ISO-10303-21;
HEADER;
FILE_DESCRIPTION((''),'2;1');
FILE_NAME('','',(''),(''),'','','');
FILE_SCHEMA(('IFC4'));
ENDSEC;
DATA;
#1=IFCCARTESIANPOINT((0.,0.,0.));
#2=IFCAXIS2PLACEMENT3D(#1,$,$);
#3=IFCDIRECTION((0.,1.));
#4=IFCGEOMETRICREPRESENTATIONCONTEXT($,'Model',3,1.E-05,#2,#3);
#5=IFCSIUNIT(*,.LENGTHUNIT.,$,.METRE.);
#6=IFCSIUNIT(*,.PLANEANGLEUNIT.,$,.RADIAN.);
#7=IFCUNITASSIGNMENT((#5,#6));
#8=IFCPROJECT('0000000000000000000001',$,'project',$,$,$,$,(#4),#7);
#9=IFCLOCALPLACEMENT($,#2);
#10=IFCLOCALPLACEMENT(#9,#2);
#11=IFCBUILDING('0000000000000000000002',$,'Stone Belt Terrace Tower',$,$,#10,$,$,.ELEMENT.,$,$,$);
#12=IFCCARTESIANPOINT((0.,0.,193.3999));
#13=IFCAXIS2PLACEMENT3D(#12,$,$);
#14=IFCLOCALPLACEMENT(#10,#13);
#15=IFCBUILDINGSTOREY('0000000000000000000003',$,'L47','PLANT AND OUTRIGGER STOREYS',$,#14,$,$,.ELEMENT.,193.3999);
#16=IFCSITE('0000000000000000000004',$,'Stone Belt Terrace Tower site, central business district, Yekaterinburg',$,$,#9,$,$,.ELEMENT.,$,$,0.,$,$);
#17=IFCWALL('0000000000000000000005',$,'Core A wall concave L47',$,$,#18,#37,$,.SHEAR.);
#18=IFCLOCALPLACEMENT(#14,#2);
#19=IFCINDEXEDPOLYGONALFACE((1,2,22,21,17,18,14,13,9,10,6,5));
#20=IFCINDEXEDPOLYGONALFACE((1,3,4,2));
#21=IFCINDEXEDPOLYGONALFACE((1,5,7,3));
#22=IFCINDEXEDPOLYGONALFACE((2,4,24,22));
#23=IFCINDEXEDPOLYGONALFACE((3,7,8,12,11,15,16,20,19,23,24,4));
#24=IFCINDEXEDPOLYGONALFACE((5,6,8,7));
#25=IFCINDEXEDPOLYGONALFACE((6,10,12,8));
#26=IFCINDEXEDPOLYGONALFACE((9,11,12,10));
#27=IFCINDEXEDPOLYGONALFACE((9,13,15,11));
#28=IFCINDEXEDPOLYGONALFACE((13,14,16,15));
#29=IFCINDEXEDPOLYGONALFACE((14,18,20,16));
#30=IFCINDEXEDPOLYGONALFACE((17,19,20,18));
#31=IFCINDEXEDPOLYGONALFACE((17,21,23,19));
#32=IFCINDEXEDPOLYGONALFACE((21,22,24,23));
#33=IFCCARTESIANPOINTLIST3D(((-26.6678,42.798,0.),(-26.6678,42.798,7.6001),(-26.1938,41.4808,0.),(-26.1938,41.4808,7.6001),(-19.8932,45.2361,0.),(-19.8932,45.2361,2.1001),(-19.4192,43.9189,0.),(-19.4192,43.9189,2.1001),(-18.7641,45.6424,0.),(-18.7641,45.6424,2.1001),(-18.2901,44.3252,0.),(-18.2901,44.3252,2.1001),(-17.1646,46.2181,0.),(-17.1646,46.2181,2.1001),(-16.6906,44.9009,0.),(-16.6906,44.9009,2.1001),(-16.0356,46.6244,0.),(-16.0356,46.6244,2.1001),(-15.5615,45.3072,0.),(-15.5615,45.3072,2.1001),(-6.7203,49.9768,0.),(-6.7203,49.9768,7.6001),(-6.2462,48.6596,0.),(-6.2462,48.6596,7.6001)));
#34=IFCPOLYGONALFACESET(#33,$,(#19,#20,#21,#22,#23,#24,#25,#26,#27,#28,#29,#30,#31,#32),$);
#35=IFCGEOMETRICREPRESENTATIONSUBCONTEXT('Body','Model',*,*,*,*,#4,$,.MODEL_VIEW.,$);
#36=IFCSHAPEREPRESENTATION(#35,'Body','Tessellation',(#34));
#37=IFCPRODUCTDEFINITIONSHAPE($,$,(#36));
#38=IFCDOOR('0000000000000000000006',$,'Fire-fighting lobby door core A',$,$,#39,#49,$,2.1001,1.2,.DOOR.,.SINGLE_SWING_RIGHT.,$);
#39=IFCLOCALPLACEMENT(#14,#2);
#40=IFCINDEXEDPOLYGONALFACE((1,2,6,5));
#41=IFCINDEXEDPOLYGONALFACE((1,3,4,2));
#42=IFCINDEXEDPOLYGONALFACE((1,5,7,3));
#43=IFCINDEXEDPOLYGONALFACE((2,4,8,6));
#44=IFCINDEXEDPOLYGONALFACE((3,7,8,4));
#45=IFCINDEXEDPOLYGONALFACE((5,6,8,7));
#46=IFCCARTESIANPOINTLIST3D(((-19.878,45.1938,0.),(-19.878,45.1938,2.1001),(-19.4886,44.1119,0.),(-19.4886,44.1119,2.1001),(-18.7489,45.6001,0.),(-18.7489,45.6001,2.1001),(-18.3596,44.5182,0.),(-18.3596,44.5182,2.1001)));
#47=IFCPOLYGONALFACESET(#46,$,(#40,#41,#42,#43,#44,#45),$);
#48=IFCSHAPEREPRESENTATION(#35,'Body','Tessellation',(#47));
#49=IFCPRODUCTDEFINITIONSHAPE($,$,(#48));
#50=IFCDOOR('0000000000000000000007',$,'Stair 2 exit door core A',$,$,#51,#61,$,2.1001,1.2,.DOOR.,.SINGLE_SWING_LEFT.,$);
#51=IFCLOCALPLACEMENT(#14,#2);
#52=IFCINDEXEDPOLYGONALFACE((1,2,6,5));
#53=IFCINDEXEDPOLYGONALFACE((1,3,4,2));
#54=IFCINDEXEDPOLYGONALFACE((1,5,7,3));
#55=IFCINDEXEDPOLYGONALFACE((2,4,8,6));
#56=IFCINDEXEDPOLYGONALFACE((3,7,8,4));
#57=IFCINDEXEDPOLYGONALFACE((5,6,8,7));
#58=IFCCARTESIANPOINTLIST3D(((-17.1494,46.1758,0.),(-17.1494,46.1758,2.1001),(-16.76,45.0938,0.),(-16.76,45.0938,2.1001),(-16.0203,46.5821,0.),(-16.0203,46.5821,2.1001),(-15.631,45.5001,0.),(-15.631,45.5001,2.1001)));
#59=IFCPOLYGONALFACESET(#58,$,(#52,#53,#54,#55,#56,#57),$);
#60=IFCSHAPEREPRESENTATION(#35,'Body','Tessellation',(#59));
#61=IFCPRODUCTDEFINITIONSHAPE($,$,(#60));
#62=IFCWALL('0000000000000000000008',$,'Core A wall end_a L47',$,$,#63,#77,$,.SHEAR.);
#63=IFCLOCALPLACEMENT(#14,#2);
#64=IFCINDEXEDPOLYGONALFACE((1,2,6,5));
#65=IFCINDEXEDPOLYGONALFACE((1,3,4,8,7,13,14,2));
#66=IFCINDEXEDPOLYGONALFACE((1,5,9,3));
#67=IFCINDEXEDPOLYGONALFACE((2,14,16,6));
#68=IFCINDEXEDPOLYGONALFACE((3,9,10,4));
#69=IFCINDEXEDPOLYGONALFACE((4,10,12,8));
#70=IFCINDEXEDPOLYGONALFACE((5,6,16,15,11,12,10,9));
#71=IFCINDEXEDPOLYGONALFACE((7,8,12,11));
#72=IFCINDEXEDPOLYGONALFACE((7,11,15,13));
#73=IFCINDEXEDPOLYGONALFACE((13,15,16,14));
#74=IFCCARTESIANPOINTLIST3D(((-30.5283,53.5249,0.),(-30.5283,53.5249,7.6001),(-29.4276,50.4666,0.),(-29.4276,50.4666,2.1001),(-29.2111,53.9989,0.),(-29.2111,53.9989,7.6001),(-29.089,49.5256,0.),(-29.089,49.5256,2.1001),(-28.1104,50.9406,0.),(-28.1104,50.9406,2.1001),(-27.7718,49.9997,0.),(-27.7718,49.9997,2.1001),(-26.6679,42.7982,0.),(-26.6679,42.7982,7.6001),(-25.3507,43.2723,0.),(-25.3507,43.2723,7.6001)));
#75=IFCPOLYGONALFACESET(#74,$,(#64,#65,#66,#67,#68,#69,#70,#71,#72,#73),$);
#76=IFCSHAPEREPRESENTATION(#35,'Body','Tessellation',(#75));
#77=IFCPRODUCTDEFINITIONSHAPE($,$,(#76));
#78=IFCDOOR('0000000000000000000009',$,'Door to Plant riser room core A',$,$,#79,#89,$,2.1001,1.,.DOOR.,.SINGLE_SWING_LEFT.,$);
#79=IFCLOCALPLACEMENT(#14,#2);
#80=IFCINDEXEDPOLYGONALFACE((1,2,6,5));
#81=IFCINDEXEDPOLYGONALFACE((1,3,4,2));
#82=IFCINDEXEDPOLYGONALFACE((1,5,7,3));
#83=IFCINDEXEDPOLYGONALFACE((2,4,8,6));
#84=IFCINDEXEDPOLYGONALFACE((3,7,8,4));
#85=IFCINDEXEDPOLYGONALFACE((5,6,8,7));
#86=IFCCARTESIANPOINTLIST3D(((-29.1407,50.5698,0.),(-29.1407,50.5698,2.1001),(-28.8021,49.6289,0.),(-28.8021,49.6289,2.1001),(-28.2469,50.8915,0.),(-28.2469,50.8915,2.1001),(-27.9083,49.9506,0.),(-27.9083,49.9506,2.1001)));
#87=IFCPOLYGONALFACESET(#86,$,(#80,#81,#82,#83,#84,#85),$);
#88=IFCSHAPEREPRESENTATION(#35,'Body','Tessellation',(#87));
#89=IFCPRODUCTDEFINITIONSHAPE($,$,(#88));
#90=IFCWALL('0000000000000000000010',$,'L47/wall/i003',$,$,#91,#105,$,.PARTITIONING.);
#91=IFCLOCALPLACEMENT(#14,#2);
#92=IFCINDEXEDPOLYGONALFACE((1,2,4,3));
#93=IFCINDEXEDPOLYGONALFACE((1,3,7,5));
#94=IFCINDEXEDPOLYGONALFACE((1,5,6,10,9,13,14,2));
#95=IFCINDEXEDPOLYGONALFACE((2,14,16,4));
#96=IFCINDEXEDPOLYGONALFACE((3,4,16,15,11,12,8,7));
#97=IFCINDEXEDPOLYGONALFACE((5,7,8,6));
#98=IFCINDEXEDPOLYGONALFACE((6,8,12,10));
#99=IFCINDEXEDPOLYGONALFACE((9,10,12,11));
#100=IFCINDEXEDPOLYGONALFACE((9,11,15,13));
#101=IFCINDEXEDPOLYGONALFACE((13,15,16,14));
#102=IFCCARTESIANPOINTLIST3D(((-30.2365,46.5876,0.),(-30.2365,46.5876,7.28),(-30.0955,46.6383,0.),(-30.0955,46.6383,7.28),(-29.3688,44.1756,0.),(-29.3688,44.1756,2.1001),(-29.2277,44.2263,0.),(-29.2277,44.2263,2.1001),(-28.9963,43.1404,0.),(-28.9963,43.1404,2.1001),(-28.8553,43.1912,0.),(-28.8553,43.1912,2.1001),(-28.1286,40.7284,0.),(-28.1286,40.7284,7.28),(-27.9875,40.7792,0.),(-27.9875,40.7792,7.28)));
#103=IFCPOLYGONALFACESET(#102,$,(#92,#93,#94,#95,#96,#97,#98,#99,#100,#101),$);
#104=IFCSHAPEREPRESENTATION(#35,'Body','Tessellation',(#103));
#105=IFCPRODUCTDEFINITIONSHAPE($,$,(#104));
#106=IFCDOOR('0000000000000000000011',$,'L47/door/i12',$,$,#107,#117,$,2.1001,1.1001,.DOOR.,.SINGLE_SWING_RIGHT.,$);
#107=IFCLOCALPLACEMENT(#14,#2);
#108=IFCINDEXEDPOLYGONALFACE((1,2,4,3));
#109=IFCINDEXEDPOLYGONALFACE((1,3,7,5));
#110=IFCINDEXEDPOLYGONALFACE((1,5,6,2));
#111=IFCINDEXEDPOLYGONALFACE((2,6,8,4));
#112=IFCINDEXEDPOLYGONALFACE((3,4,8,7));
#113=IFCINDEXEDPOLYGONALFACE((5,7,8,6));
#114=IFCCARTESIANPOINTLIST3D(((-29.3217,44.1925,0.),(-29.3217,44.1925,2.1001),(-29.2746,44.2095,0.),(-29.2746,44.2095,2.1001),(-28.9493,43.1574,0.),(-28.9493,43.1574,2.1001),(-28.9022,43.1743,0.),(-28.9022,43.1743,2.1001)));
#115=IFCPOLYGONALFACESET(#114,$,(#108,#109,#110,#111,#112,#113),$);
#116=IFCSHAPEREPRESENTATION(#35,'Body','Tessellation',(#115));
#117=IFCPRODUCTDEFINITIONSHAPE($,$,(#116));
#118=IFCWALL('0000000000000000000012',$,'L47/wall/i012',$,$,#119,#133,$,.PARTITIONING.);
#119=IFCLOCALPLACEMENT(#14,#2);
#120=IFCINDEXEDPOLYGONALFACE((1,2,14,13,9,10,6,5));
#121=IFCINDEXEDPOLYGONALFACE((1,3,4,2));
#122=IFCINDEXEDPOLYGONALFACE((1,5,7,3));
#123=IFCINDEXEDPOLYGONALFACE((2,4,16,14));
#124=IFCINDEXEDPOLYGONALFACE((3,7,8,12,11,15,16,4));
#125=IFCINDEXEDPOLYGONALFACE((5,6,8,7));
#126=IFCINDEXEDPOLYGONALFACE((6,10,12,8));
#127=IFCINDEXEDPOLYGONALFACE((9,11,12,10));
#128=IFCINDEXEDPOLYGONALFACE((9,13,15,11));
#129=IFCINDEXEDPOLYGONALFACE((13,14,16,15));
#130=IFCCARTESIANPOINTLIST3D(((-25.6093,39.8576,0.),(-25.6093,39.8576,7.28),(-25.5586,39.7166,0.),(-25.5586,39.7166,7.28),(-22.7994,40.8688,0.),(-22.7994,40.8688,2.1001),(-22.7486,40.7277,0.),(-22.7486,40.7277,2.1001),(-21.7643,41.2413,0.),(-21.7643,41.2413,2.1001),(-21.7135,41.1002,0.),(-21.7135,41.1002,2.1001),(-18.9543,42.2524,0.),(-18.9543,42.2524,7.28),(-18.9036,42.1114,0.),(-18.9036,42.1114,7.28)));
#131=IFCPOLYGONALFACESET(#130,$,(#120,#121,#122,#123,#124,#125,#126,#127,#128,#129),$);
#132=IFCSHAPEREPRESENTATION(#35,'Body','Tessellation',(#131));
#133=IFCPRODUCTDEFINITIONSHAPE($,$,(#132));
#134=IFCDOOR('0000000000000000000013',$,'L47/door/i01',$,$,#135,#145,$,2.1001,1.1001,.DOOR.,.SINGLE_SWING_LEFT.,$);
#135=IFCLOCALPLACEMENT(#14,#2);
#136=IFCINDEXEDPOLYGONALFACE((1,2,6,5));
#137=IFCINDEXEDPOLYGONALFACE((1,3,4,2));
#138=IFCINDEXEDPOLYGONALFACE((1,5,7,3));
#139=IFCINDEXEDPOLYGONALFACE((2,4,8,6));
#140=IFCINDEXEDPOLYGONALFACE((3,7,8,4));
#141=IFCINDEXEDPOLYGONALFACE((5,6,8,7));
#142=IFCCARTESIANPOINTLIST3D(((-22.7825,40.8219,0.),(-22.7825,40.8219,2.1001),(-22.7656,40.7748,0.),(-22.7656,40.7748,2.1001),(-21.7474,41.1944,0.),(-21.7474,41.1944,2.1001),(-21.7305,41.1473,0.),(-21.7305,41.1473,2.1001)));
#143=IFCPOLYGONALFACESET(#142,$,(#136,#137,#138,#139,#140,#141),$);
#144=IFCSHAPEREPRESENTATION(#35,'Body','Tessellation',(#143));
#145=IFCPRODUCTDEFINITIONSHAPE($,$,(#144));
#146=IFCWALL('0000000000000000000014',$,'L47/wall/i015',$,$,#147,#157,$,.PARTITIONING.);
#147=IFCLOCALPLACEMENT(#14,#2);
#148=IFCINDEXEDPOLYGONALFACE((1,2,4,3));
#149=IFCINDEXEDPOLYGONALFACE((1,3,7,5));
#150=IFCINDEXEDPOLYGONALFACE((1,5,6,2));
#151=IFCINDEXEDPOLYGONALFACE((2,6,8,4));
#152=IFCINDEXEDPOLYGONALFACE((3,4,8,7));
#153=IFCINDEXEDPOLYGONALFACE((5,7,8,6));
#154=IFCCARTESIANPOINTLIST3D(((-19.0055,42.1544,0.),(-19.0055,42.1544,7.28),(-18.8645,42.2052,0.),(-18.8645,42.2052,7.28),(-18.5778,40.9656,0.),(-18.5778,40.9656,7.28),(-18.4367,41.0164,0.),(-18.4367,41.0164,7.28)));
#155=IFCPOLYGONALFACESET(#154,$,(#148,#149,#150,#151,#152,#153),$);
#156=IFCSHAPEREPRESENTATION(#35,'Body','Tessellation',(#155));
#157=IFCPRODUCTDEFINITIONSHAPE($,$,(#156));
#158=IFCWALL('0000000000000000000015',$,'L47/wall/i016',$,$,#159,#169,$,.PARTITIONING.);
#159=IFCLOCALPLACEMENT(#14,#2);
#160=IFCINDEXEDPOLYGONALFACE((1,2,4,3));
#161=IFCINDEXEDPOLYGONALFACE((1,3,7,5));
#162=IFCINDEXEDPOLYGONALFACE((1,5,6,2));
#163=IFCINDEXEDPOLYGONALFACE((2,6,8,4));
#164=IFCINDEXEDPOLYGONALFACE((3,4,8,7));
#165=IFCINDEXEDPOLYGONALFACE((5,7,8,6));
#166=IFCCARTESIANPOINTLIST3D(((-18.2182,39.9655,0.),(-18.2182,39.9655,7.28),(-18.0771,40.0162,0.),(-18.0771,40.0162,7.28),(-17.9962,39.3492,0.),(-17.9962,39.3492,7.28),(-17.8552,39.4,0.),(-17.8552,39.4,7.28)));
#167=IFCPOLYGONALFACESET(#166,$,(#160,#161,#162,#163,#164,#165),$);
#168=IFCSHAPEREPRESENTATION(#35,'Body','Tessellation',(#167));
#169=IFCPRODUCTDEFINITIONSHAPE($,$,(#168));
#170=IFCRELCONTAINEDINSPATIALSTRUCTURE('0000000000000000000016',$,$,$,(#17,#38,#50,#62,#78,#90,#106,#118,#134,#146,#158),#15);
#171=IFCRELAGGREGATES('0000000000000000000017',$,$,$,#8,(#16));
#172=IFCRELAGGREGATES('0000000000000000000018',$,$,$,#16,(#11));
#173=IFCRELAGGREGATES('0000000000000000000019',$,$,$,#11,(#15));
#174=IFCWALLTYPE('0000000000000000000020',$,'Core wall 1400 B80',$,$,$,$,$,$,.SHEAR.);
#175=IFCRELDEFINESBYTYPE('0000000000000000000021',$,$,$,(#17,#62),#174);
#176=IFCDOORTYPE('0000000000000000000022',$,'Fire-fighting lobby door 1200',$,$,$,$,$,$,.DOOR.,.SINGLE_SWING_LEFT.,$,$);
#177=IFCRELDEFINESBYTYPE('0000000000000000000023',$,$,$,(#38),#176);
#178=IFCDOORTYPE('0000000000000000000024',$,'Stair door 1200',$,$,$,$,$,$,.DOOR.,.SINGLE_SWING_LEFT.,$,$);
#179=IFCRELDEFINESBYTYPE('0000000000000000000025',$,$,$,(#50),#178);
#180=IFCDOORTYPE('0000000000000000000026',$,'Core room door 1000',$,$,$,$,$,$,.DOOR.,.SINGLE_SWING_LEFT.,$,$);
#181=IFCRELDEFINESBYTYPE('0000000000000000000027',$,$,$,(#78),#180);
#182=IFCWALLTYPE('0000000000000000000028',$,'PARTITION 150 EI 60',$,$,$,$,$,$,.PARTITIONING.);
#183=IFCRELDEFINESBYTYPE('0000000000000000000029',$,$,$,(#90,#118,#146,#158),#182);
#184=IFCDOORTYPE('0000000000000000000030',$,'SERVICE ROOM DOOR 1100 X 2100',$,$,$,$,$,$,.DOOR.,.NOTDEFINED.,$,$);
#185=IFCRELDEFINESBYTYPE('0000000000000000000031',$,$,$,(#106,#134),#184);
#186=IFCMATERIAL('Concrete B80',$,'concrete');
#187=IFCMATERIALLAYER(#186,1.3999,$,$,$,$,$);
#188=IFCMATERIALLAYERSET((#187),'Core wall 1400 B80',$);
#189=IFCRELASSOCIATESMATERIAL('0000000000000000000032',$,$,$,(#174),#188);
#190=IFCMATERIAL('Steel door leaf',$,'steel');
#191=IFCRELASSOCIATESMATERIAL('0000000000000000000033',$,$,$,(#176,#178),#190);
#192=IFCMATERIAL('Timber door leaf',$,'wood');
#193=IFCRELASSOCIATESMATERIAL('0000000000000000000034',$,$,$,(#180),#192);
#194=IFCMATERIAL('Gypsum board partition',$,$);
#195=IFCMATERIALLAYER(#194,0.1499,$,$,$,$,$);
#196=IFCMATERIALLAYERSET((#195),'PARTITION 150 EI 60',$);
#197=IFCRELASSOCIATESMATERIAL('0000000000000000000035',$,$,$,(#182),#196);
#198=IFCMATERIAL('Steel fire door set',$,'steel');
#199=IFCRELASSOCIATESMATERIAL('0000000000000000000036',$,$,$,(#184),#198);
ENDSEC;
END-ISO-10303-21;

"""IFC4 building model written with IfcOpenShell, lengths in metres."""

from ifc_helpers import new_model, si_unit, direction, frame, frame_2d, origin, place, context, subcontext, project, spatial, rectangle, extrude, material, layer, layer_set, type_object, element, fill, save


model = new_model("IFC4")

# Units and contexts
model_context = context("Model", 3, precision=1e-05, world=origin(), true_north=direction((0.0, 1.0)))
body_context = subcontext(model_context, "Body", "Model", "MODEL_VIEW")
ifc_project = project(units=[si_unit("LENGTHUNIT", "METRE"), si_unit("PLANEANGLEUNIT", "RADIAN")], contexts=[model_context])

# Site, building, storey
site_placement = place(None, origin())
site = spatial("IfcSite", under=ifc_project, at=site_placement, Name="Stone Belt Terrace Tower site, central business district, Yekaterinburg", CompositionType="ELEMENT", RefElevation=0.0)
building_placement = place(site_placement, origin())
building = spatial("IfcBuilding", under=site, at=building_placement, Name="Stone Belt Terrace Tower", CompositionType="ELEMENT")
storey_placement = place(building_placement, frame((0.0, 0.0, 193.3999)))
storey = spatial("IfcBuildingStorey", under=building, at=storey_placement, Name="L47", Description="PLANT AND OUTRIGGER STOREYS", CompositionType="ELEMENT", Elevation=193.3999)

# Shared definitions
ifc_material_1 = material(Name="Concrete B80", Category="concrete")

# Wall, openings, doors
ifc_layer_1 = layer(ifc_material_1, 1.3999)
ifc_layer_set_1 = layer_set([ifc_layer_1], Name="Core wall 1400 B80")
wall_type_1 = type_object("IfcWallType", Name="Core wall 1400 B80", PredefinedType="SHEAR", material=ifc_layer_set_1)
wall_1_placement = place(storey_placement, frame((-26.4309, 42.1394, 0.0), z_axis=(0.0, 0.0, 1.0), x_axis=(0.940923, 0.33862, 0.0)))
wall_1 = element("IfcWall", 1, at=wall_1_placement, inside=storey, type_object=wall_type_1, Name="Core A wall concave L47", PredefinedType="SHEAR", context=body_context, shape_type="SweptSolid", body=[
    extrude(rectangle(XDim=21.2, YDim=1.3999, at=frame_2d((10.6001, 0.0))), origin(), (0.0, 0.0, 1.0), 7.6001),
])
opening_1_placement = place(wall_1_placement, frame((7.2, 0.0, 0.0)))
opening_1 = element("IfcOpeningElement", 2, at=opening_1_placement, cuts=wall_1, PredefinedType="OPENING", context=body_context, shape_type="SweptSolid", body=[
    extrude(rectangle(XDim=1.2, YDim=2.1001, at=frame_2d((0.6001, 1.05))), frame((0.0, 0.71, 0.0), z_axis=(0.0, -1.0, 0.0), x_axis=(1.0, 0.0, 0.0)), (0.0, 0.0, 1.0), 1.4199),
])
opening_2_placement = place(wall_1_placement, frame((10.0999, 0.0, 0.0)))
opening_2 = element("IfcOpeningElement", 3, at=opening_2_placement, cuts=wall_1, PredefinedType="OPENING", context=body_context, shape_type="SweptSolid", body=[
    extrude(rectangle(XDim=1.2, YDim=2.1001, at=frame_2d((0.6001, 1.05))), frame((0.0, 0.71, 0.0), z_axis=(0.0, -1.0, 0.0), x_axis=(1.0, 0.0, 0.0)), (0.0, 0.0, 1.0), 1.4199),
])
ifc_material_2 = material(Name="Steel door leaf", Category="steel")
door_type_1 = type_object("IfcDoorType", Name="Fire-fighting lobby door 1200", OperationType="SINGLE_SWING_LEFT", PredefinedType="DOOR", material=ifc_material_2)
door_1_placement = place(opening_1_placement, origin())
door_1 = element("IfcDoor", 4, at=door_1_placement, inside=storey, type_object=door_type_1, Name="Fire-fighting lobby door core A", OperationType="SINGLE_SWING_RIGHT", OverallHeight=2.1001, OverallWidth=1.2, PredefinedType="DOOR", context=body_context, shape_type="SweptSolid", body=[
    extrude(rectangle(XDim=1.2, YDim=2.1001, at=frame_2d((0.6001, 1.05))), frame((0.0, 0.655, 0.0), z_axis=(0.0, -1.0, 0.0), x_axis=(1.0, 0.0, 0.0)), (0.0, 0.0, 1.0), 1.1499),
])
fill(opening_1, door_1)
door_type_2 = type_object("IfcDoorType", Name="Stair door 1200", OperationType="SINGLE_SWING_LEFT", PredefinedType="DOOR", material=ifc_material_2)
door_2_placement = place(opening_2_placement, origin())
door_2 = element("IfcDoor", 5, at=door_2_placement, inside=storey, type_object=door_type_2, Name="Stair 2 exit door core A", OperationType="SINGLE_SWING_LEFT", OverallHeight=2.1001, OverallWidth=1.2, PredefinedType="DOOR", context=body_context, shape_type="SweptSolid", body=[
    extrude(rectangle(XDim=1.2, YDim=2.1001, at=frame_2d((0.6001, 1.05))), frame((0.0, 0.655, 0.0), z_axis=(0.0, -1.0, 0.0), x_axis=(1.0, 0.0, 0.0)), (0.0, 0.0, 1.0), 1.1499),
])
fill(opening_2, door_2)

# Walls, openings, doors
wall_2_placement = place(storey_placement, frame((-26.0093, 43.0352, 0.0), z_axis=(0.0, 0.0, 1.0), x_axis=(-0.338625, 0.940921, 0.0)))
wall_2 = element("IfcWall", 6, at=wall_2_placement, inside=storey, type_object=wall_type_1, Name="Core A wall end_a L47", PredefinedType="SHEAR", context=body_context, shape_type="SweptSolid", body=[
    extrude(rectangle(XDim=11.4001, YDim=1.3999, at=frame_2d((5.7002, 0.0))), origin(), (0.0, 0.0, 1.0), 7.6001),
])
opening_3_placement = place(wall_2_placement, frame((7.1499, 0.0, 0.0)))
opening_3 = element("IfcOpeningElement", 7, at=opening_3_placement, cuts=wall_2, PredefinedType="OPENING", context=body_context, shape_type="SweptSolid", body=[
    extrude(rectangle(XDim=1.0, YDim=2.1001, at=frame_2d((0.5, 1.05))), frame((0.0, 0.71, 0.0), z_axis=(0.0, -1.0, 0.0), x_axis=(1.0, 0.0, 0.0)), (0.0, 0.0, 1.0), 1.4199),
])
ifc_material_3 = material(Name="Timber door leaf", Category="wood")
door_type_3 = type_object("IfcDoorType", Name="Core room door 1000", OperationType="SINGLE_SWING_LEFT", PredefinedType="DOOR", material=ifc_material_3)
door_3_placement = place(opening_3_placement, origin())
door_3 = element("IfcDoor", 8, at=door_3_placement, inside=storey, type_object=door_type_3, Name="Door to Plant riser room core A", OperationType="SINGLE_SWING_LEFT", OverallHeight=2.1001, OverallWidth=1.0, PredefinedType="DOOR", context=body_context, shape_type="SweptSolid", body=[
    extrude(rectangle(XDim=1.0, YDim=2.1001, at=frame_2d((0.5, 1.05))), frame((0.0, 0.395, 0.0), z_axis=(0.0, -1.0, 0.0), x_axis=(1.0, 0.0, 0.0)), (0.0, 0.0, 1.0), 0.95),
])
fill(opening_3, door_3)
ifc_material_4 = material(Name="Gypsum board partition")
ifc_layer_2 = layer(ifc_material_4, 0.1499)
ifc_layer_set_2 = layer_set([ifc_layer_2], Name="PARTITION 150 EI 60")
wall_type_2 = type_object("IfcWallType", Name="PARTITION 150 EI 60", PredefinedType="PARTITIONING", material=ifc_layer_set_2)
wall_3_placement = place(storey_placement, frame((-28.0581, 40.7539, 0.0), z_axis=(0.0, 0.0, 1.0), x_axis=(-0.338524, 0.940958, 0.0)))
wall_3 = element("IfcWall", 9, at=wall_3_placement, inside=storey, type_object=wall_type_2, Name="L47/wall/i003", PredefinedType="PARTITIONING", context=body_context, shape_type="SweptSolid", body=[
    extrude(rectangle(XDim=6.2268, YDim=0.1499, at=frame_2d((3.1133, 0.0))), origin(), (0.0, 0.0, 1.0), 7.28),
])
opening_4_placement = place(wall_3_placement, frame((2.5632, 0.0, 0.0)))
opening_4 = element("IfcOpeningElement", 10, at=opening_4_placement, cuts=wall_3, PredefinedType="OPENING", context=body_context, shape_type="SweptSolid", body=[
    extrude(rectangle(XDim=1.1001, YDim=2.1001, at=frame_2d((0.55, 1.05))), frame((0.0, 0.085, 0.0), z_axis=(0.0, -1.0, 0.0), x_axis=(1.0, 0.0, 0.0)), (0.0, 0.0, 1.0), 0.1699),
])
ifc_material_5 = material(Name="Steel fire door set", Category="steel")
door_type_4 = type_object("IfcDoorType", Name="SERVICE ROOM DOOR 1100 X 2100", OperationType="NOTDEFINED", PredefinedType="DOOR", material=ifc_material_5)
door_4_placement = place(opening_4_placement, origin())
door_4 = element("IfcDoor", 11, at=door_4_placement, inside=storey, type_object=door_type_4, Name="L47/door/i12", OperationType="SINGLE_SWING_RIGHT", OverallHeight=2.1001, OverallWidth=1.1001, PredefinedType="DOOR", context=body_context, shape_type="SweptSolid", body=[
    extrude(rectangle(XDim=1.1001, YDim=2.1001, at=frame_2d((0.55, 1.05))), frame((0.0, 0.0249, 0.0), z_axis=(0.0, -1.0, 0.0), x_axis=(1.0, 0.0, 0.0)), (0.0, 0.0, 1.0), 0.05),
])
fill(opening_4, door_4)
wall_4_placement = place(storey_placement, frame((-18.929, 42.1819, 0.0), z_axis=(0.0, 0.0, 1.0), x_axis=(-0.940934, -0.33859, 0.0)))
wall_4 = element("IfcWall", 12, at=wall_4_placement, inside=storey, type_object=wall_type_2, Name="L47/wall/i012", PredefinedType="PARTITIONING", context=body_context, shape_type="SweptSolid", body=[
    extrude(rectangle(XDim=7.0728, YDim=0.1499, at=frame_2d((3.5364, 0.0))), origin(), (0.0, 0.0, 1.0), 7.28),
])
opening_5_placement = place(wall_4_placement, frame((2.9863, 0.0, 0.0)))
opening_5 = element("IfcOpeningElement", 13, at=opening_5_placement, cuts=wall_4, PredefinedType="OPENING", context=body_context, shape_type="SweptSolid", body=[
    extrude(rectangle(XDim=1.1001, YDim=2.1001, at=frame_2d((0.55, 1.05))), frame((0.0, 0.085, 0.0), z_axis=(0.0, -1.0, 0.0), x_axis=(1.0, 0.0, 0.0)), (0.0, 0.0, 1.0), 0.1699),
])
door_5_placement = place(opening_5_placement, origin())
door_5 = element("IfcDoor", 14, at=door_5_placement, inside=storey, type_object=door_type_4, Name="L47/door/i01", OperationType="SINGLE_SWING_LEFT", OverallHeight=2.1001, OverallWidth=1.1001, PredefinedType="DOOR", context=body_context, shape_type="SweptSolid", body=[
    extrude(rectangle(XDim=1.1001, YDim=2.1001, at=frame_2d((0.55, 1.05))), frame((0.0, 0.0249, 0.0), z_axis=(0.0, -1.0, 0.0), x_axis=(1.0, 0.0, 0.0)), (0.0, 0.0, 1.0), 0.05),
])
fill(opening_5, door_5)

# Walls
wall_5_placement = place(storey_placement, frame((-18.9351, 42.1799, 0.0), z_axis=(0.0, 0.0, 1.0), x_axis=(0.338576, -0.940939, 0.0)))
element("IfcWall", 15, at=wall_5_placement, inside=storey, type_object=wall_type_2, Name="L47/wall/i015", PredefinedType="PARTITIONING", context=body_context, shape_type="SweptSolid", body=[
    extrude(rectangle(XDim=1.2634, YDim=0.1499, at=frame_2d((0.6318, 0.0))), origin(), (0.0, 0.0, 1.0), 7.28),
])
wall_6_placement = place(storey_placement, frame((-18.1477, 39.991, 0.0), z_axis=(0.0, 0.0, 1.0), x_axis=(0.338838, -0.940845, 0.0)))
element("IfcWall", 16, at=wall_6_placement, inside=storey, type_object=wall_type_2, Name="L47/wall/i016", PredefinedType="PARTITIONING", context=body_context, shape_type="SweptSolid", body=[
    extrude(rectangle(XDim=0.655, YDim=0.1499, at=frame_2d((0.3276, 0.0))), origin(), (0.0, 0.0, 1.0), 7.28),
])

save(model, "model.ifc")
